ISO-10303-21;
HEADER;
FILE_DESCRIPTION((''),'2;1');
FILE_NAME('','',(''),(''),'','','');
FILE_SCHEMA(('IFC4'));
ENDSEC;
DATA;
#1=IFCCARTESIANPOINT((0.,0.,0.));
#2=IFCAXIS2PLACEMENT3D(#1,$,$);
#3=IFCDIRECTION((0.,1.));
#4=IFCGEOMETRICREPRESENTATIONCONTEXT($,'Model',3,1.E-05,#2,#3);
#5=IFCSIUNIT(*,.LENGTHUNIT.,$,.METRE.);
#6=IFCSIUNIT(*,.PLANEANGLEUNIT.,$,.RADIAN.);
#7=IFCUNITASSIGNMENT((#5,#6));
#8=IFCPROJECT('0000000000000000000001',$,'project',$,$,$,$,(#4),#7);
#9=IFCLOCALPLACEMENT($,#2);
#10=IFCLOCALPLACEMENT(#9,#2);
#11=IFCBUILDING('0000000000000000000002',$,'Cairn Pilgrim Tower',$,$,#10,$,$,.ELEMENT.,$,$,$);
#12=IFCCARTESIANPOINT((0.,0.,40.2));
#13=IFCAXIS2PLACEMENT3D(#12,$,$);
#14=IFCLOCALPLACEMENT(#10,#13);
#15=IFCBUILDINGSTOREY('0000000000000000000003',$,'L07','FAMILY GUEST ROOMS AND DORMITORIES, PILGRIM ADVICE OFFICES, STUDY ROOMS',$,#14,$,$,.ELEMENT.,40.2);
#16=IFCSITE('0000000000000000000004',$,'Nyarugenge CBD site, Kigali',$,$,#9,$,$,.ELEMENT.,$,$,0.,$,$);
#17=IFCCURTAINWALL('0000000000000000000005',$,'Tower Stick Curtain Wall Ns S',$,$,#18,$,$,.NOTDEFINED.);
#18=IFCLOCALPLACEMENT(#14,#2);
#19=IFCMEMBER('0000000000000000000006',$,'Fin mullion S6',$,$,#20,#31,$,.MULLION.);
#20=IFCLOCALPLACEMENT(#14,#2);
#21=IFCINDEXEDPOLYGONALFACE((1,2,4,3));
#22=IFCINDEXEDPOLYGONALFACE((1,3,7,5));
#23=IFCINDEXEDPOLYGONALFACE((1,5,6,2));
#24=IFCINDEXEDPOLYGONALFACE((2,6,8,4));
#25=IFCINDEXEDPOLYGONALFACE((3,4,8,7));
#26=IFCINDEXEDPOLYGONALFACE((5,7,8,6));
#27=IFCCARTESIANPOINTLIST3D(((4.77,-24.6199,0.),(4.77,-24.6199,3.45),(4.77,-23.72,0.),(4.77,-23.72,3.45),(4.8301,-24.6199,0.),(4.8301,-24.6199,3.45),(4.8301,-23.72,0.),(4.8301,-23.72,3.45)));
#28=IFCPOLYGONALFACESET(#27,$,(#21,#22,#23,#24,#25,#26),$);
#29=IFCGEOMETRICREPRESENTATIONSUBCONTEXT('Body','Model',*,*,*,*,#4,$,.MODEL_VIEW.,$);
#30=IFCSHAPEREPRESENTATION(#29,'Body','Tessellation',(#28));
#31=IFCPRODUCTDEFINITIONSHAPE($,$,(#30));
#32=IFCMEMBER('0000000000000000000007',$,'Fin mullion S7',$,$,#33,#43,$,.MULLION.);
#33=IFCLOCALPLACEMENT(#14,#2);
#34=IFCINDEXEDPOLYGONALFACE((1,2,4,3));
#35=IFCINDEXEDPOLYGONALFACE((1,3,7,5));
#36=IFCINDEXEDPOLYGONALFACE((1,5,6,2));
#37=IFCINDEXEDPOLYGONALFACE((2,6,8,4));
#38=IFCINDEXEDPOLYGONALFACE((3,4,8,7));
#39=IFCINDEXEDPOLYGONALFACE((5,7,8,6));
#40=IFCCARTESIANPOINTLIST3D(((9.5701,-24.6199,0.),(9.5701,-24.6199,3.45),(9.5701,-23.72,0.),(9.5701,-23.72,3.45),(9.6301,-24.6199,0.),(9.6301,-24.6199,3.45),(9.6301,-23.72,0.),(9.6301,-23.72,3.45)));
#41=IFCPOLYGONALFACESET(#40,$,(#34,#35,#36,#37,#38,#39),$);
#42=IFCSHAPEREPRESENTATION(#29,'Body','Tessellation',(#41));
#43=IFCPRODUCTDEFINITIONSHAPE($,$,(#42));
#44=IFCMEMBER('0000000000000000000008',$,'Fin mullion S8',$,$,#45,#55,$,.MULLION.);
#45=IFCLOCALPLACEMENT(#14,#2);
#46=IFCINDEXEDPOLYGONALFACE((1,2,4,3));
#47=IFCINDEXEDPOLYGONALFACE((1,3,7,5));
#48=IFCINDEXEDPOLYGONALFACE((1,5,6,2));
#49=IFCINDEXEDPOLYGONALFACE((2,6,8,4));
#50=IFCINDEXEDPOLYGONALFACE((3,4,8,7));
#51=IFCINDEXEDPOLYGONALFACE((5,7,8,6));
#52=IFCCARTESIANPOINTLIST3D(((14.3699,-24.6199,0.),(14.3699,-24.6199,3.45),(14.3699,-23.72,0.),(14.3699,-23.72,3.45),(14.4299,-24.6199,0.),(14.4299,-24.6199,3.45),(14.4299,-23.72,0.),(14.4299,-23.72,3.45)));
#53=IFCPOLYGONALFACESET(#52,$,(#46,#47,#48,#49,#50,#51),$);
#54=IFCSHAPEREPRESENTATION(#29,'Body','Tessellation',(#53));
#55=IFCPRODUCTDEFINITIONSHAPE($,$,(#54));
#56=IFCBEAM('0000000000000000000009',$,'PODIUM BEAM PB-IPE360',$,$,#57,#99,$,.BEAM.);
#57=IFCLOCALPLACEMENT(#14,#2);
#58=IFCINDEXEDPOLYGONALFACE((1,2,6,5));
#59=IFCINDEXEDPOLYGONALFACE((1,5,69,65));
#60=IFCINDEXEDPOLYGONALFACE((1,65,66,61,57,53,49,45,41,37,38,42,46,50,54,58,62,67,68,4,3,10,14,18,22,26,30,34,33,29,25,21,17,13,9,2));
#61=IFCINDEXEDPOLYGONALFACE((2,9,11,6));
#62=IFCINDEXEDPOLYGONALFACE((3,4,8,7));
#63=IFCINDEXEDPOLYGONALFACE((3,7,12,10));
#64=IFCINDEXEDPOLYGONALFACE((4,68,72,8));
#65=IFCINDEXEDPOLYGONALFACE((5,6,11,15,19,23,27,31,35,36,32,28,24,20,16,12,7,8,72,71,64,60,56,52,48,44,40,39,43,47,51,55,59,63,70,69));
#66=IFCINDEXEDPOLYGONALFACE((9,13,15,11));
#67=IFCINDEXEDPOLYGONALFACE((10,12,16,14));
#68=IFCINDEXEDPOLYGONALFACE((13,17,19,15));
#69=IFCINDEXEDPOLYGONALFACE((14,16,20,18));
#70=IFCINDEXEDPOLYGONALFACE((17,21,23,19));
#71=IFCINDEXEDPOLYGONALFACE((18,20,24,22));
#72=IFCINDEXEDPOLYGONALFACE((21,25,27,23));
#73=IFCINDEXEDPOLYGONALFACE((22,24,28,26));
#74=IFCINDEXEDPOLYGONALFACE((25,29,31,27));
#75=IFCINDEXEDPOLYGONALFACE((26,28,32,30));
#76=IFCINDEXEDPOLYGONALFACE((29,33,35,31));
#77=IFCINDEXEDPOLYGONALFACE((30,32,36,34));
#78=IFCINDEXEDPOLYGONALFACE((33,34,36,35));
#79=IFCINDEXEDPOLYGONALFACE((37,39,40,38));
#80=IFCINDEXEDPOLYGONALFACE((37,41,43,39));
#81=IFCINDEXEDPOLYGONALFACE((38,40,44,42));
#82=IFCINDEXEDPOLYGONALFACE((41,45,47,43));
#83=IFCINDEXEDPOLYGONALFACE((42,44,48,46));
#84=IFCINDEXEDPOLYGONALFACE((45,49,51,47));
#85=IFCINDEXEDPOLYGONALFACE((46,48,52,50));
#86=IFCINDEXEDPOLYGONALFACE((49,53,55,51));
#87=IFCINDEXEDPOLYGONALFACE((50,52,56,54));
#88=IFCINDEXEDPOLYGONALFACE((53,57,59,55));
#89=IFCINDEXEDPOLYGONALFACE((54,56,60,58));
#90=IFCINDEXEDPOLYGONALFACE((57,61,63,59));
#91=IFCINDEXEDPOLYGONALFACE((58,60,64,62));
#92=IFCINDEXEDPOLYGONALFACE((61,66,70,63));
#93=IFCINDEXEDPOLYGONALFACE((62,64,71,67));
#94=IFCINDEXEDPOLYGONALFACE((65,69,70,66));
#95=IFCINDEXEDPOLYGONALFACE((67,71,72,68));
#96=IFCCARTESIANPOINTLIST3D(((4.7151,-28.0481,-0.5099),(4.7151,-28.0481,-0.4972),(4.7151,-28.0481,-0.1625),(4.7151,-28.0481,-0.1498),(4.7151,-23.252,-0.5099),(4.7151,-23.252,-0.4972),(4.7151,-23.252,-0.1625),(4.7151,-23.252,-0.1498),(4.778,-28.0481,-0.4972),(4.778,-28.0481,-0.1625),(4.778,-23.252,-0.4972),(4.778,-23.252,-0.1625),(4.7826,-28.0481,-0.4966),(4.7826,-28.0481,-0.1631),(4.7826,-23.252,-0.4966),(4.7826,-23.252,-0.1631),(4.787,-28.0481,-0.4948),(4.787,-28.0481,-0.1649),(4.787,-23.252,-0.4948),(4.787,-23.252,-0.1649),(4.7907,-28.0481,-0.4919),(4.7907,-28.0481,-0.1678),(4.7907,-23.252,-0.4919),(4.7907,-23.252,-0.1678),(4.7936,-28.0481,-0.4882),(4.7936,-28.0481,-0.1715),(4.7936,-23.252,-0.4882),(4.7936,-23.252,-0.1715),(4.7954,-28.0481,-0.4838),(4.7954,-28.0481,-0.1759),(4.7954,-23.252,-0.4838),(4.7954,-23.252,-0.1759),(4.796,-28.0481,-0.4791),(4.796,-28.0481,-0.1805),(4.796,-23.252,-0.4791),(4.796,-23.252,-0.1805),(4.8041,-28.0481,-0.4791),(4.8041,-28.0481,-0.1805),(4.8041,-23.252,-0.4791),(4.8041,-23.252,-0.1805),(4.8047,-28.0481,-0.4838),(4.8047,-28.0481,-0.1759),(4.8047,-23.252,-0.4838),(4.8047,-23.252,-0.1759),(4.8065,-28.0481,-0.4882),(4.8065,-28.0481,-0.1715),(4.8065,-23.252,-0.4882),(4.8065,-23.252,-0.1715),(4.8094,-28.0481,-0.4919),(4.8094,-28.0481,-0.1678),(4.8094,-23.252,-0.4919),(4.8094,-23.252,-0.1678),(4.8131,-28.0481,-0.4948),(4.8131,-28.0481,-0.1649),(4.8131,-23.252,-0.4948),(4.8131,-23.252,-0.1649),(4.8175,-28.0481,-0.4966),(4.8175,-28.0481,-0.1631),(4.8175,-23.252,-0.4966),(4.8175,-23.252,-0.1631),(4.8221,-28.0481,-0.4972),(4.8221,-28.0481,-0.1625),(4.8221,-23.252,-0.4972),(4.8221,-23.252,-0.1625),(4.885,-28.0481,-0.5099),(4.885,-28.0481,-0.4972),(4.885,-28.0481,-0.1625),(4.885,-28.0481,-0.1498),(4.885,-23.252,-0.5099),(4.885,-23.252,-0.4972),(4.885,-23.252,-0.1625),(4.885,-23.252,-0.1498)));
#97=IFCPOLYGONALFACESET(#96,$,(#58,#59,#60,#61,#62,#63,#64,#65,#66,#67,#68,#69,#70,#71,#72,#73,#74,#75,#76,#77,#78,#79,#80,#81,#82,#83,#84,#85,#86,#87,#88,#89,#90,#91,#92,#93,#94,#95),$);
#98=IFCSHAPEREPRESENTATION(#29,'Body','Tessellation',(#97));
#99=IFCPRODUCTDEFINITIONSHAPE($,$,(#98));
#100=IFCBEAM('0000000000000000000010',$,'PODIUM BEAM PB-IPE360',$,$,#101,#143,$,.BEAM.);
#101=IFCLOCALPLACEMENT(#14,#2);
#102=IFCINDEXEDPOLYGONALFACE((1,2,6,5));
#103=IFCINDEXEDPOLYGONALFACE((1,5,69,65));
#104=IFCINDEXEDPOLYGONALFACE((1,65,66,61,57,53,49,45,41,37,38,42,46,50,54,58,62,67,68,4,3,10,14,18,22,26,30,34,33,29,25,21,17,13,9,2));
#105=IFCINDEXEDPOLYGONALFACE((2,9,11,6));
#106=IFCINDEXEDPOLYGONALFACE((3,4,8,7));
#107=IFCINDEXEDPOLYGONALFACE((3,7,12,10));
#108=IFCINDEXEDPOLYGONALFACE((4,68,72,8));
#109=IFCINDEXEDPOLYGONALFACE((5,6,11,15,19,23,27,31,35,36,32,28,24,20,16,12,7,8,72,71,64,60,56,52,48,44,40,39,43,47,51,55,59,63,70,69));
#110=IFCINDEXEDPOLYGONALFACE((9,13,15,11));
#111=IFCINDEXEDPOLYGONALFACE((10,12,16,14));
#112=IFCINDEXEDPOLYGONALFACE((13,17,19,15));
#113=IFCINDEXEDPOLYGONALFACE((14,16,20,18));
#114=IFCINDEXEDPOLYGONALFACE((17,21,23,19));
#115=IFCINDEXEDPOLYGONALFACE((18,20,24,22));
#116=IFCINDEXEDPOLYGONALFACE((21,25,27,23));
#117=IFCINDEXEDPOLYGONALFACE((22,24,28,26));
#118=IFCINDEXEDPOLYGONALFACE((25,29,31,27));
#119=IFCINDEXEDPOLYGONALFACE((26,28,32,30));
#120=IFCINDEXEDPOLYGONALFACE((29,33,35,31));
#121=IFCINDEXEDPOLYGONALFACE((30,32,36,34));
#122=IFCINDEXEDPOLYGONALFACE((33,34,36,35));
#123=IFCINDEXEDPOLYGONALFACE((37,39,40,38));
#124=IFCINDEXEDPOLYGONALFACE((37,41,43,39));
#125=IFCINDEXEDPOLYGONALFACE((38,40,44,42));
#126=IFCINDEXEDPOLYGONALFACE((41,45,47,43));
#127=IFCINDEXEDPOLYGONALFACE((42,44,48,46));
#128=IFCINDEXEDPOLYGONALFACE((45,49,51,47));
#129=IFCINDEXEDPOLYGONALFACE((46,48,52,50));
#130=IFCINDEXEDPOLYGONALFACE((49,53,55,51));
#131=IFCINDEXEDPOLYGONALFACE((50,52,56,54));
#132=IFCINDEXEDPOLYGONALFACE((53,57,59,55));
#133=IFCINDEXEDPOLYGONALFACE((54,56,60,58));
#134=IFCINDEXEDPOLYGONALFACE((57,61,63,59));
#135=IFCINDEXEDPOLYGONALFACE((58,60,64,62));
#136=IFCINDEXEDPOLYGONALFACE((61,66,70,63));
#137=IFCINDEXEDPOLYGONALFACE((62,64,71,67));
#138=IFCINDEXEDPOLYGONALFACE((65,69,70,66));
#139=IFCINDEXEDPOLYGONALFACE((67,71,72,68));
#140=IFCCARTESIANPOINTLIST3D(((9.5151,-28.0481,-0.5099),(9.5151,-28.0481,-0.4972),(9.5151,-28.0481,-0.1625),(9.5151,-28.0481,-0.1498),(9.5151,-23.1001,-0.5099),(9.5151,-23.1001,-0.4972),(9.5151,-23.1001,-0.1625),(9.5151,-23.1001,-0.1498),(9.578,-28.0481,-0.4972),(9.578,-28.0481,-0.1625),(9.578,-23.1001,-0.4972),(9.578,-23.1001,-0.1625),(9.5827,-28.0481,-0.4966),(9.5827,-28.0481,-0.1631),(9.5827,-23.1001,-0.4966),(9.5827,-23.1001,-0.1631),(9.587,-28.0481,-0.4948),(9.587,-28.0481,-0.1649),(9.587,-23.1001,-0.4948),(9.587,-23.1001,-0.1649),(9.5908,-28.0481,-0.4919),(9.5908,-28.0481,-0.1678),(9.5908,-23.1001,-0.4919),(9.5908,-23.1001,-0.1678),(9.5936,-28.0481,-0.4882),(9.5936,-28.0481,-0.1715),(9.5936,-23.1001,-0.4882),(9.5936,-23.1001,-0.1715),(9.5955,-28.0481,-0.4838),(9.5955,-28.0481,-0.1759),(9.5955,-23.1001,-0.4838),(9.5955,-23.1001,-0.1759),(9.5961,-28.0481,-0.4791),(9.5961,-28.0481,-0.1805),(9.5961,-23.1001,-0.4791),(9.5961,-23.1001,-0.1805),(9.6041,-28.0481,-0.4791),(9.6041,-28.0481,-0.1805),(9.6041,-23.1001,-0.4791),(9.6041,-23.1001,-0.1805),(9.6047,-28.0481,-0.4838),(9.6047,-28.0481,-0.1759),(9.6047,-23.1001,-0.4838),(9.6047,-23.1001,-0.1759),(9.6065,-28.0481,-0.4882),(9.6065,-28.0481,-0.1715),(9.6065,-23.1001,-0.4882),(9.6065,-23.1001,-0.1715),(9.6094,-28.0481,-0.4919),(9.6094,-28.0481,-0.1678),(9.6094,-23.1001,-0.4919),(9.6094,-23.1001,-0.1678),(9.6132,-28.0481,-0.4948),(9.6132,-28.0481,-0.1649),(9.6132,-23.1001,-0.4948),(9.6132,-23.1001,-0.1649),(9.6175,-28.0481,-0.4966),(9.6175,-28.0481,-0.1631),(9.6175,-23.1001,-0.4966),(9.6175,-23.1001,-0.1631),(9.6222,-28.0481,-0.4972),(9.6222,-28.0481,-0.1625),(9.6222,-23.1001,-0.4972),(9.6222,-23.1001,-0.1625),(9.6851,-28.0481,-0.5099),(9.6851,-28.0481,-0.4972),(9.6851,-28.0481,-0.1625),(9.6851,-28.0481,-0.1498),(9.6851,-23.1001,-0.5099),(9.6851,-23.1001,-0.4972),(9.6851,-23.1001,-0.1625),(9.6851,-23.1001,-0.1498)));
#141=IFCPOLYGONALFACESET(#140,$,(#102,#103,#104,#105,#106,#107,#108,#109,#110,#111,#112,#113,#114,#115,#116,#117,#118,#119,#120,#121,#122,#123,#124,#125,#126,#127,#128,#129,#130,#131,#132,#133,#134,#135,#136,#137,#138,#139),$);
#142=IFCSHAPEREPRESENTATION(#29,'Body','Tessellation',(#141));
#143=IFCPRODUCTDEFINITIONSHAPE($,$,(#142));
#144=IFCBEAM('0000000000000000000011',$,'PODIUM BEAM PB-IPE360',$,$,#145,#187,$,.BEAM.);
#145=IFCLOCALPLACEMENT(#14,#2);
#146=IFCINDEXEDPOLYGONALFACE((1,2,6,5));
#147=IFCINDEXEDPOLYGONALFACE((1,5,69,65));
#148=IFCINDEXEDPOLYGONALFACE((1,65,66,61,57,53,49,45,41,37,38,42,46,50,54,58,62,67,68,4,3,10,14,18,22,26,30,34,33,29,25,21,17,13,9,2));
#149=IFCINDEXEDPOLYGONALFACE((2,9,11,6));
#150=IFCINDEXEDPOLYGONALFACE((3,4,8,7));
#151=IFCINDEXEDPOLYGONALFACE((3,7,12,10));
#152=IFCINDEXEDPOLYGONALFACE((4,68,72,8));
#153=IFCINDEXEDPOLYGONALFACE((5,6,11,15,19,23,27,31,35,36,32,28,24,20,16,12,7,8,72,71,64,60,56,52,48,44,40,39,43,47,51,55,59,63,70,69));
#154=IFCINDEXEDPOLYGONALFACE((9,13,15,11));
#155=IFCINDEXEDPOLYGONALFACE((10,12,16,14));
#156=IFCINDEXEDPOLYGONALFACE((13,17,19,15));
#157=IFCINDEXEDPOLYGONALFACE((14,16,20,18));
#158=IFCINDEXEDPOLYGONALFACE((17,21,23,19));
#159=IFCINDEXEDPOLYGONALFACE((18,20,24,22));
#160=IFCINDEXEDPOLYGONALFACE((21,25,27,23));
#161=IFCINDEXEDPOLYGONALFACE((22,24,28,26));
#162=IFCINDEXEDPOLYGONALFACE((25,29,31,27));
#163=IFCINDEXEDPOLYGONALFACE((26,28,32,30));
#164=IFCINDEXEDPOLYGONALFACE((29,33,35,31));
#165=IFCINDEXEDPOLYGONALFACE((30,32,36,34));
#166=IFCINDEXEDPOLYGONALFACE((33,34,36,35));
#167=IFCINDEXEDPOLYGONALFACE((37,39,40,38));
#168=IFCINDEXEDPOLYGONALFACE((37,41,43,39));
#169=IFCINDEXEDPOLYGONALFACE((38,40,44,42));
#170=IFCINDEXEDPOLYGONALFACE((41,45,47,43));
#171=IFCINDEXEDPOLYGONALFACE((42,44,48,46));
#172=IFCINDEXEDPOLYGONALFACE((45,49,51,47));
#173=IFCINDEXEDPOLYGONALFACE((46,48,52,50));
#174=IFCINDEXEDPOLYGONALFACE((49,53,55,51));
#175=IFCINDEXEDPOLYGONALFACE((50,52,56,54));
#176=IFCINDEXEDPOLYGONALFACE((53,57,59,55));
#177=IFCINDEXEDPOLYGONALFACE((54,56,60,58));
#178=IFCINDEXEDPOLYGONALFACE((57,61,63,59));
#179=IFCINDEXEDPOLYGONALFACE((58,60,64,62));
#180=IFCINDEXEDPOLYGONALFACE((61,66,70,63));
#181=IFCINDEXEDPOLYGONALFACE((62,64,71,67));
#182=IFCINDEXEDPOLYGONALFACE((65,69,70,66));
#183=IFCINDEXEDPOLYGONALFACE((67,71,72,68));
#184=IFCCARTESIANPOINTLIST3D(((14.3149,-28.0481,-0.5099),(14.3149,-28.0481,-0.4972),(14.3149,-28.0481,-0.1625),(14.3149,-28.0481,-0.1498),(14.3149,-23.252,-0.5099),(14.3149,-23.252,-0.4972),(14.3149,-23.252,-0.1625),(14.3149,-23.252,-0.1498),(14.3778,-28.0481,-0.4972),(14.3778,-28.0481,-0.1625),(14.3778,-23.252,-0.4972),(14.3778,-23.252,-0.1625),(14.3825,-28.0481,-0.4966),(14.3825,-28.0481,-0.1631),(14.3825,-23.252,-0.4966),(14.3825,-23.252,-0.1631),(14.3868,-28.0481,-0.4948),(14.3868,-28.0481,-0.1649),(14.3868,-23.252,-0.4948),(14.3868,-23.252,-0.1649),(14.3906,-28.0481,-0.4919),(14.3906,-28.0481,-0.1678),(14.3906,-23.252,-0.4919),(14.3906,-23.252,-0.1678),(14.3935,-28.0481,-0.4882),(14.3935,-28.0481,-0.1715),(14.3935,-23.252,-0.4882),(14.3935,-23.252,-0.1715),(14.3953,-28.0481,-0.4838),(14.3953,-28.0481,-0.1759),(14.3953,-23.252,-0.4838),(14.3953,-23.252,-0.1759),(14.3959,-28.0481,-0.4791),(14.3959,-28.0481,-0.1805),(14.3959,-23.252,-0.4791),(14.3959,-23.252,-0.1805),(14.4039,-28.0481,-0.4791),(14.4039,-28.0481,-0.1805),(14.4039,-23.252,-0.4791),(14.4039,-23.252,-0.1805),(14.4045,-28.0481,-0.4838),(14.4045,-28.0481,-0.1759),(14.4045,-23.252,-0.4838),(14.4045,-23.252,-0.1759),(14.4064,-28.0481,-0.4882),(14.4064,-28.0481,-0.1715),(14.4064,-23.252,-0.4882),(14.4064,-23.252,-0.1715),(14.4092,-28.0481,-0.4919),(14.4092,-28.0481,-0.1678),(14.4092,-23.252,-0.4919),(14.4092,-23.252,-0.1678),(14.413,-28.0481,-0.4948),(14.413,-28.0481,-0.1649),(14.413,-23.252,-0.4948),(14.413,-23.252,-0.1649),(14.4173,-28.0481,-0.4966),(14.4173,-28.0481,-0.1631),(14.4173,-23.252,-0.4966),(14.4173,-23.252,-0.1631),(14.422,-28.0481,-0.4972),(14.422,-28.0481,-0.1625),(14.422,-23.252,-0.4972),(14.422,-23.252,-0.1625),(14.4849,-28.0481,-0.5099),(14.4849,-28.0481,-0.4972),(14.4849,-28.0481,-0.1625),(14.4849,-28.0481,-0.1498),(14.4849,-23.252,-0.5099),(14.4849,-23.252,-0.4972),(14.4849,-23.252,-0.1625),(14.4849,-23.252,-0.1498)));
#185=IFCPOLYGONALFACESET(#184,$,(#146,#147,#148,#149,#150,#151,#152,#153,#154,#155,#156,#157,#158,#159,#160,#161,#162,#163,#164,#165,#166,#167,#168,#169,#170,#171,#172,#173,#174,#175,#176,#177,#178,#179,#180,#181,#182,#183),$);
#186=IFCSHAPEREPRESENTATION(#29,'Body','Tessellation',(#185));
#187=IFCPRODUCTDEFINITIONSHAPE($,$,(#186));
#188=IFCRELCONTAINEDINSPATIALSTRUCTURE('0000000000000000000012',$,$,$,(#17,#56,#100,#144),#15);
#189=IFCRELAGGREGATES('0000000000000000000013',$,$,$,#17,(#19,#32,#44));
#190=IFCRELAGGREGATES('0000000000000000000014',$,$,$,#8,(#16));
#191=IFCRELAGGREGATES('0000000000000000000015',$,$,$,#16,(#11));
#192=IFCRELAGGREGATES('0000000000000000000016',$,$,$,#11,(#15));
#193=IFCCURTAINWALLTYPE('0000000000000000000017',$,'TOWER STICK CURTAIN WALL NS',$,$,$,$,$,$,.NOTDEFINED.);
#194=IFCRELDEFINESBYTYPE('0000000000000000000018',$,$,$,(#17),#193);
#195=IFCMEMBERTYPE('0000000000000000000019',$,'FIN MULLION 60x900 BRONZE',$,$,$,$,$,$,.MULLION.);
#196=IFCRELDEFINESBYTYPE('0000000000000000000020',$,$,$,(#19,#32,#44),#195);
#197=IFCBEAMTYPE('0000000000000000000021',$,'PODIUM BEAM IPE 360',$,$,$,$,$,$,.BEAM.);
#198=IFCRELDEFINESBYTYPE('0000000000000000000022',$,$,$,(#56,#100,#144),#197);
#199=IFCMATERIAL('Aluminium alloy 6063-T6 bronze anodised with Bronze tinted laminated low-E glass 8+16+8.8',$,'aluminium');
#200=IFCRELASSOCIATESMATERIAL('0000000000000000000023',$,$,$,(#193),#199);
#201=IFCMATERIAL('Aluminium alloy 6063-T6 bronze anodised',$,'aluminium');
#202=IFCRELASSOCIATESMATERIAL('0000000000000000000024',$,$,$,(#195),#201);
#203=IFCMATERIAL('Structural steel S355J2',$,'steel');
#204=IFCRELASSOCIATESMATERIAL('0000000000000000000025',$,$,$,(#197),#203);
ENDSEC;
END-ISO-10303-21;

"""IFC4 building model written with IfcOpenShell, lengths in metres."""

from ifc_helpers import new_model, si_unit, direction, frame, origin, origin_2d, place, context, subcontext, project, spatial, rectangle, i_section, extrude, material, material_profile, profile_set, type_object, element, aggregate, save


model = new_model("IFC4")

# Units and contexts
model_context = context("Model", 3, precision=1e-05, world=origin(), true_north=direction((0.0, 1.0)))
body_context = subcontext(model_context, "Body", "Model", "MODEL_VIEW")
ifc_project = project(units=[si_unit("LENGTHUNIT", "METRE"), si_unit("PLANEANGLEUNIT", "RADIAN")], contexts=[model_context])

# Site, building, storey
site_placement = place(None, origin())
site = spatial("IfcSite", under=ifc_project, at=site_placement, Name="Nyarugenge CBD site, Kigali", CompositionType="ELEMENT", RefElevation=0.0)
building_placement = place(site_placement, origin())
building = spatial("IfcBuilding", under=site, at=building_placement, Name="Cairn Pilgrim Tower", CompositionType="ELEMENT")
storey_placement = place(building_placement, frame((0.0, 0.0, 40.2)))
storey = spatial("IfcBuildingStorey", under=building, at=storey_placement, Name="L07", Description="FAMILY GUEST ROOMS AND DORMITORIES, PILGRIM ADVICE OFFICES, STUDY ROOMS", CompositionType="ELEMENT", Elevation=40.2)

# Curtain wall, members
ifc_material_1 = material(Name="Aluminium alloy 6063-T6 bronze anodised with Bronze tinted laminated low-E glass 8+16+8.8", Category="aluminium")
curtain_wall_type = type_object("IfcCurtainWallType", Name="TOWER STICK CURTAIN WALL NS", PredefinedType="NOTDEFINED", material=ifc_material_1)
curtain_wall_placement = place(storey_placement, origin())
curtain_wall = element("IfcCurtainWall", 1, at=curtain_wall_placement, inside=storey, type_object=curtain_wall_type, Name="Tower Stick Curtain Wall Ns S", PredefinedType="NOTDEFINED")
ifc_material_2 = material(Name="Aluminium alloy 6063-T6 bronze anodised", Category="aluminium")
ifc_material_profile_1 = material_profile(ifc_material_2, rectangle(XDim=0.8999, YDim=0.0601, at=origin_2d()), Name="FIN MULLION 60x900 BRONZE")
ifc_profile_set_1 = profile_set([ifc_material_profile_1], Name="Aluminium alloy 6063-T6 bronze anodised")
member_type_1 = type_object("IfcMemberType", Name="FIN MULLION 60x900 BRONZE", PredefinedType="MULLION", material=ifc_profile_set_1)
member_1_placement = place(storey_placement, frame((4.8, -24.1699, 0.0), z_axis=(0.0, 0.0, 1.0), x_axis=(0.0, -1.0, 0.0)))
member_1 = element("IfcMember", 2, at=member_1_placement, type_object=member_type_1, Name="Fin mullion S6", PredefinedType="MULLION", context=body_context, shape_type="SweptSolid", body=[
    extrude(rectangle(XDim=0.8999, YDim=0.0601, at=origin_2d()), origin(), (0.0, 0.0, 1.0), 3.45),
])
member_2_placement = place(storey_placement, frame((9.6001, -24.1699, 0.0), z_axis=(0.0, 0.0, 1.0), x_axis=(0.0, -1.0, 0.0)))
member_2 = element("IfcMember", 3, at=member_2_placement, type_object=member_type_1, Name="Fin mullion S7", PredefinedType="MULLION", context=body_context, shape_type="SweptSolid", body=[
    extrude(rectangle(XDim=0.8999, YDim=0.0601, at=origin_2d()), origin(), (0.0, 0.0, 1.0), 3.45),
])
member_3_placement = place(storey_placement, frame((14.3999, -24.1699, 0.0), z_axis=(0.0, 0.0, 1.0), x_axis=(0.0, -1.0, 0.0)))
member_3 = element("IfcMember", 4, at=member_3_placement, type_object=member_type_1, Name="Fin mullion S8", PredefinedType="MULLION", context=body_context, shape_type="SweptSolid", body=[
    extrude(rectangle(XDim=0.8999, YDim=0.0601, at=origin_2d()), origin(), (0.0, 0.0, 1.0), 3.45),
])

# Beams
ifc_material_3 = material(Name="Structural steel S355J2", Category="steel")
ifc_material_profile_2 = material_profile(ifc_material_3, i_section(OverallWidth=0.1699, OverallDepth=0.3601, WebThickness=0.0081, FlangeThickness=0.0127, FilletRadius=0.0181, at=origin_2d()), Name="IPE 360")
ifc_profile_set_2 = profile_set([ifc_material_profile_2], Name="Structural steel S355J2")
beam_type_1 = type_object("IfcBeamType", Name="PODIUM BEAM IPE 360", PredefinedType="BEAM", material=ifc_profile_set_2)
beam_1_placement = place(storey_placement, frame((4.8, -28.0481, -0.3298), z_axis=(0.0, 1.0, 0.0), x_axis=(-1.0, 0.0, 0.0)))
element("IfcBeam", 5, at=beam_1_placement, inside=storey, type_object=beam_type_1, Name="PODIUM BEAM PB-IPE360", PredefinedType="BEAM", context=body_context, shape_type="SweptSolid", body=[
    extrude(i_section(OverallWidth=0.1699, OverallDepth=0.3601, WebThickness=0.0081, FlangeThickness=0.0127, FilletRadius=0.0181, at=origin_2d()), origin(), (0.0, 0.0, 1.0), 4.7961),
])
beam_2_placement = place(storey_placement, frame((9.6001, -28.0481, -0.3298), z_axis=(0.0, 1.0, 0.0), x_axis=(-1.0, 0.0, 0.0)))
element("IfcBeam", 6, at=beam_2_placement, inside=storey, type_object=beam_type_1, Name="PODIUM BEAM PB-IPE360", PredefinedType="BEAM", context=body_context, shape_type="SweptSolid", body=[
    extrude(i_section(OverallWidth=0.1699, OverallDepth=0.3601, WebThickness=0.0081, FlangeThickness=0.0127, FilletRadius=0.0181, at=origin_2d()), origin(), (0.0, 0.0, 1.0), 4.948),
])
beam_3_placement = place(storey_placement, frame((14.3999, -28.0481, -0.3298), z_axis=(0.0, 1.0, 0.0), x_axis=(-1.0, 0.0, 0.0)))
element("IfcBeam", 7, at=beam_3_placement, inside=storey, type_object=beam_type_1, Name="PODIUM BEAM PB-IPE360", PredefinedType="BEAM", context=body_context, shape_type="SweptSolid", body=[
    extrude(i_section(OverallWidth=0.1699, OverallDepth=0.3601, WebThickness=0.0081, FlangeThickness=0.0127, FilletRadius=0.0181, at=origin_2d()), origin(), (0.0, 0.0, 1.0), 4.7961),
])

aggregate(curtain_wall, [member_1, member_2, member_3])

save(model, "model.ifc")
